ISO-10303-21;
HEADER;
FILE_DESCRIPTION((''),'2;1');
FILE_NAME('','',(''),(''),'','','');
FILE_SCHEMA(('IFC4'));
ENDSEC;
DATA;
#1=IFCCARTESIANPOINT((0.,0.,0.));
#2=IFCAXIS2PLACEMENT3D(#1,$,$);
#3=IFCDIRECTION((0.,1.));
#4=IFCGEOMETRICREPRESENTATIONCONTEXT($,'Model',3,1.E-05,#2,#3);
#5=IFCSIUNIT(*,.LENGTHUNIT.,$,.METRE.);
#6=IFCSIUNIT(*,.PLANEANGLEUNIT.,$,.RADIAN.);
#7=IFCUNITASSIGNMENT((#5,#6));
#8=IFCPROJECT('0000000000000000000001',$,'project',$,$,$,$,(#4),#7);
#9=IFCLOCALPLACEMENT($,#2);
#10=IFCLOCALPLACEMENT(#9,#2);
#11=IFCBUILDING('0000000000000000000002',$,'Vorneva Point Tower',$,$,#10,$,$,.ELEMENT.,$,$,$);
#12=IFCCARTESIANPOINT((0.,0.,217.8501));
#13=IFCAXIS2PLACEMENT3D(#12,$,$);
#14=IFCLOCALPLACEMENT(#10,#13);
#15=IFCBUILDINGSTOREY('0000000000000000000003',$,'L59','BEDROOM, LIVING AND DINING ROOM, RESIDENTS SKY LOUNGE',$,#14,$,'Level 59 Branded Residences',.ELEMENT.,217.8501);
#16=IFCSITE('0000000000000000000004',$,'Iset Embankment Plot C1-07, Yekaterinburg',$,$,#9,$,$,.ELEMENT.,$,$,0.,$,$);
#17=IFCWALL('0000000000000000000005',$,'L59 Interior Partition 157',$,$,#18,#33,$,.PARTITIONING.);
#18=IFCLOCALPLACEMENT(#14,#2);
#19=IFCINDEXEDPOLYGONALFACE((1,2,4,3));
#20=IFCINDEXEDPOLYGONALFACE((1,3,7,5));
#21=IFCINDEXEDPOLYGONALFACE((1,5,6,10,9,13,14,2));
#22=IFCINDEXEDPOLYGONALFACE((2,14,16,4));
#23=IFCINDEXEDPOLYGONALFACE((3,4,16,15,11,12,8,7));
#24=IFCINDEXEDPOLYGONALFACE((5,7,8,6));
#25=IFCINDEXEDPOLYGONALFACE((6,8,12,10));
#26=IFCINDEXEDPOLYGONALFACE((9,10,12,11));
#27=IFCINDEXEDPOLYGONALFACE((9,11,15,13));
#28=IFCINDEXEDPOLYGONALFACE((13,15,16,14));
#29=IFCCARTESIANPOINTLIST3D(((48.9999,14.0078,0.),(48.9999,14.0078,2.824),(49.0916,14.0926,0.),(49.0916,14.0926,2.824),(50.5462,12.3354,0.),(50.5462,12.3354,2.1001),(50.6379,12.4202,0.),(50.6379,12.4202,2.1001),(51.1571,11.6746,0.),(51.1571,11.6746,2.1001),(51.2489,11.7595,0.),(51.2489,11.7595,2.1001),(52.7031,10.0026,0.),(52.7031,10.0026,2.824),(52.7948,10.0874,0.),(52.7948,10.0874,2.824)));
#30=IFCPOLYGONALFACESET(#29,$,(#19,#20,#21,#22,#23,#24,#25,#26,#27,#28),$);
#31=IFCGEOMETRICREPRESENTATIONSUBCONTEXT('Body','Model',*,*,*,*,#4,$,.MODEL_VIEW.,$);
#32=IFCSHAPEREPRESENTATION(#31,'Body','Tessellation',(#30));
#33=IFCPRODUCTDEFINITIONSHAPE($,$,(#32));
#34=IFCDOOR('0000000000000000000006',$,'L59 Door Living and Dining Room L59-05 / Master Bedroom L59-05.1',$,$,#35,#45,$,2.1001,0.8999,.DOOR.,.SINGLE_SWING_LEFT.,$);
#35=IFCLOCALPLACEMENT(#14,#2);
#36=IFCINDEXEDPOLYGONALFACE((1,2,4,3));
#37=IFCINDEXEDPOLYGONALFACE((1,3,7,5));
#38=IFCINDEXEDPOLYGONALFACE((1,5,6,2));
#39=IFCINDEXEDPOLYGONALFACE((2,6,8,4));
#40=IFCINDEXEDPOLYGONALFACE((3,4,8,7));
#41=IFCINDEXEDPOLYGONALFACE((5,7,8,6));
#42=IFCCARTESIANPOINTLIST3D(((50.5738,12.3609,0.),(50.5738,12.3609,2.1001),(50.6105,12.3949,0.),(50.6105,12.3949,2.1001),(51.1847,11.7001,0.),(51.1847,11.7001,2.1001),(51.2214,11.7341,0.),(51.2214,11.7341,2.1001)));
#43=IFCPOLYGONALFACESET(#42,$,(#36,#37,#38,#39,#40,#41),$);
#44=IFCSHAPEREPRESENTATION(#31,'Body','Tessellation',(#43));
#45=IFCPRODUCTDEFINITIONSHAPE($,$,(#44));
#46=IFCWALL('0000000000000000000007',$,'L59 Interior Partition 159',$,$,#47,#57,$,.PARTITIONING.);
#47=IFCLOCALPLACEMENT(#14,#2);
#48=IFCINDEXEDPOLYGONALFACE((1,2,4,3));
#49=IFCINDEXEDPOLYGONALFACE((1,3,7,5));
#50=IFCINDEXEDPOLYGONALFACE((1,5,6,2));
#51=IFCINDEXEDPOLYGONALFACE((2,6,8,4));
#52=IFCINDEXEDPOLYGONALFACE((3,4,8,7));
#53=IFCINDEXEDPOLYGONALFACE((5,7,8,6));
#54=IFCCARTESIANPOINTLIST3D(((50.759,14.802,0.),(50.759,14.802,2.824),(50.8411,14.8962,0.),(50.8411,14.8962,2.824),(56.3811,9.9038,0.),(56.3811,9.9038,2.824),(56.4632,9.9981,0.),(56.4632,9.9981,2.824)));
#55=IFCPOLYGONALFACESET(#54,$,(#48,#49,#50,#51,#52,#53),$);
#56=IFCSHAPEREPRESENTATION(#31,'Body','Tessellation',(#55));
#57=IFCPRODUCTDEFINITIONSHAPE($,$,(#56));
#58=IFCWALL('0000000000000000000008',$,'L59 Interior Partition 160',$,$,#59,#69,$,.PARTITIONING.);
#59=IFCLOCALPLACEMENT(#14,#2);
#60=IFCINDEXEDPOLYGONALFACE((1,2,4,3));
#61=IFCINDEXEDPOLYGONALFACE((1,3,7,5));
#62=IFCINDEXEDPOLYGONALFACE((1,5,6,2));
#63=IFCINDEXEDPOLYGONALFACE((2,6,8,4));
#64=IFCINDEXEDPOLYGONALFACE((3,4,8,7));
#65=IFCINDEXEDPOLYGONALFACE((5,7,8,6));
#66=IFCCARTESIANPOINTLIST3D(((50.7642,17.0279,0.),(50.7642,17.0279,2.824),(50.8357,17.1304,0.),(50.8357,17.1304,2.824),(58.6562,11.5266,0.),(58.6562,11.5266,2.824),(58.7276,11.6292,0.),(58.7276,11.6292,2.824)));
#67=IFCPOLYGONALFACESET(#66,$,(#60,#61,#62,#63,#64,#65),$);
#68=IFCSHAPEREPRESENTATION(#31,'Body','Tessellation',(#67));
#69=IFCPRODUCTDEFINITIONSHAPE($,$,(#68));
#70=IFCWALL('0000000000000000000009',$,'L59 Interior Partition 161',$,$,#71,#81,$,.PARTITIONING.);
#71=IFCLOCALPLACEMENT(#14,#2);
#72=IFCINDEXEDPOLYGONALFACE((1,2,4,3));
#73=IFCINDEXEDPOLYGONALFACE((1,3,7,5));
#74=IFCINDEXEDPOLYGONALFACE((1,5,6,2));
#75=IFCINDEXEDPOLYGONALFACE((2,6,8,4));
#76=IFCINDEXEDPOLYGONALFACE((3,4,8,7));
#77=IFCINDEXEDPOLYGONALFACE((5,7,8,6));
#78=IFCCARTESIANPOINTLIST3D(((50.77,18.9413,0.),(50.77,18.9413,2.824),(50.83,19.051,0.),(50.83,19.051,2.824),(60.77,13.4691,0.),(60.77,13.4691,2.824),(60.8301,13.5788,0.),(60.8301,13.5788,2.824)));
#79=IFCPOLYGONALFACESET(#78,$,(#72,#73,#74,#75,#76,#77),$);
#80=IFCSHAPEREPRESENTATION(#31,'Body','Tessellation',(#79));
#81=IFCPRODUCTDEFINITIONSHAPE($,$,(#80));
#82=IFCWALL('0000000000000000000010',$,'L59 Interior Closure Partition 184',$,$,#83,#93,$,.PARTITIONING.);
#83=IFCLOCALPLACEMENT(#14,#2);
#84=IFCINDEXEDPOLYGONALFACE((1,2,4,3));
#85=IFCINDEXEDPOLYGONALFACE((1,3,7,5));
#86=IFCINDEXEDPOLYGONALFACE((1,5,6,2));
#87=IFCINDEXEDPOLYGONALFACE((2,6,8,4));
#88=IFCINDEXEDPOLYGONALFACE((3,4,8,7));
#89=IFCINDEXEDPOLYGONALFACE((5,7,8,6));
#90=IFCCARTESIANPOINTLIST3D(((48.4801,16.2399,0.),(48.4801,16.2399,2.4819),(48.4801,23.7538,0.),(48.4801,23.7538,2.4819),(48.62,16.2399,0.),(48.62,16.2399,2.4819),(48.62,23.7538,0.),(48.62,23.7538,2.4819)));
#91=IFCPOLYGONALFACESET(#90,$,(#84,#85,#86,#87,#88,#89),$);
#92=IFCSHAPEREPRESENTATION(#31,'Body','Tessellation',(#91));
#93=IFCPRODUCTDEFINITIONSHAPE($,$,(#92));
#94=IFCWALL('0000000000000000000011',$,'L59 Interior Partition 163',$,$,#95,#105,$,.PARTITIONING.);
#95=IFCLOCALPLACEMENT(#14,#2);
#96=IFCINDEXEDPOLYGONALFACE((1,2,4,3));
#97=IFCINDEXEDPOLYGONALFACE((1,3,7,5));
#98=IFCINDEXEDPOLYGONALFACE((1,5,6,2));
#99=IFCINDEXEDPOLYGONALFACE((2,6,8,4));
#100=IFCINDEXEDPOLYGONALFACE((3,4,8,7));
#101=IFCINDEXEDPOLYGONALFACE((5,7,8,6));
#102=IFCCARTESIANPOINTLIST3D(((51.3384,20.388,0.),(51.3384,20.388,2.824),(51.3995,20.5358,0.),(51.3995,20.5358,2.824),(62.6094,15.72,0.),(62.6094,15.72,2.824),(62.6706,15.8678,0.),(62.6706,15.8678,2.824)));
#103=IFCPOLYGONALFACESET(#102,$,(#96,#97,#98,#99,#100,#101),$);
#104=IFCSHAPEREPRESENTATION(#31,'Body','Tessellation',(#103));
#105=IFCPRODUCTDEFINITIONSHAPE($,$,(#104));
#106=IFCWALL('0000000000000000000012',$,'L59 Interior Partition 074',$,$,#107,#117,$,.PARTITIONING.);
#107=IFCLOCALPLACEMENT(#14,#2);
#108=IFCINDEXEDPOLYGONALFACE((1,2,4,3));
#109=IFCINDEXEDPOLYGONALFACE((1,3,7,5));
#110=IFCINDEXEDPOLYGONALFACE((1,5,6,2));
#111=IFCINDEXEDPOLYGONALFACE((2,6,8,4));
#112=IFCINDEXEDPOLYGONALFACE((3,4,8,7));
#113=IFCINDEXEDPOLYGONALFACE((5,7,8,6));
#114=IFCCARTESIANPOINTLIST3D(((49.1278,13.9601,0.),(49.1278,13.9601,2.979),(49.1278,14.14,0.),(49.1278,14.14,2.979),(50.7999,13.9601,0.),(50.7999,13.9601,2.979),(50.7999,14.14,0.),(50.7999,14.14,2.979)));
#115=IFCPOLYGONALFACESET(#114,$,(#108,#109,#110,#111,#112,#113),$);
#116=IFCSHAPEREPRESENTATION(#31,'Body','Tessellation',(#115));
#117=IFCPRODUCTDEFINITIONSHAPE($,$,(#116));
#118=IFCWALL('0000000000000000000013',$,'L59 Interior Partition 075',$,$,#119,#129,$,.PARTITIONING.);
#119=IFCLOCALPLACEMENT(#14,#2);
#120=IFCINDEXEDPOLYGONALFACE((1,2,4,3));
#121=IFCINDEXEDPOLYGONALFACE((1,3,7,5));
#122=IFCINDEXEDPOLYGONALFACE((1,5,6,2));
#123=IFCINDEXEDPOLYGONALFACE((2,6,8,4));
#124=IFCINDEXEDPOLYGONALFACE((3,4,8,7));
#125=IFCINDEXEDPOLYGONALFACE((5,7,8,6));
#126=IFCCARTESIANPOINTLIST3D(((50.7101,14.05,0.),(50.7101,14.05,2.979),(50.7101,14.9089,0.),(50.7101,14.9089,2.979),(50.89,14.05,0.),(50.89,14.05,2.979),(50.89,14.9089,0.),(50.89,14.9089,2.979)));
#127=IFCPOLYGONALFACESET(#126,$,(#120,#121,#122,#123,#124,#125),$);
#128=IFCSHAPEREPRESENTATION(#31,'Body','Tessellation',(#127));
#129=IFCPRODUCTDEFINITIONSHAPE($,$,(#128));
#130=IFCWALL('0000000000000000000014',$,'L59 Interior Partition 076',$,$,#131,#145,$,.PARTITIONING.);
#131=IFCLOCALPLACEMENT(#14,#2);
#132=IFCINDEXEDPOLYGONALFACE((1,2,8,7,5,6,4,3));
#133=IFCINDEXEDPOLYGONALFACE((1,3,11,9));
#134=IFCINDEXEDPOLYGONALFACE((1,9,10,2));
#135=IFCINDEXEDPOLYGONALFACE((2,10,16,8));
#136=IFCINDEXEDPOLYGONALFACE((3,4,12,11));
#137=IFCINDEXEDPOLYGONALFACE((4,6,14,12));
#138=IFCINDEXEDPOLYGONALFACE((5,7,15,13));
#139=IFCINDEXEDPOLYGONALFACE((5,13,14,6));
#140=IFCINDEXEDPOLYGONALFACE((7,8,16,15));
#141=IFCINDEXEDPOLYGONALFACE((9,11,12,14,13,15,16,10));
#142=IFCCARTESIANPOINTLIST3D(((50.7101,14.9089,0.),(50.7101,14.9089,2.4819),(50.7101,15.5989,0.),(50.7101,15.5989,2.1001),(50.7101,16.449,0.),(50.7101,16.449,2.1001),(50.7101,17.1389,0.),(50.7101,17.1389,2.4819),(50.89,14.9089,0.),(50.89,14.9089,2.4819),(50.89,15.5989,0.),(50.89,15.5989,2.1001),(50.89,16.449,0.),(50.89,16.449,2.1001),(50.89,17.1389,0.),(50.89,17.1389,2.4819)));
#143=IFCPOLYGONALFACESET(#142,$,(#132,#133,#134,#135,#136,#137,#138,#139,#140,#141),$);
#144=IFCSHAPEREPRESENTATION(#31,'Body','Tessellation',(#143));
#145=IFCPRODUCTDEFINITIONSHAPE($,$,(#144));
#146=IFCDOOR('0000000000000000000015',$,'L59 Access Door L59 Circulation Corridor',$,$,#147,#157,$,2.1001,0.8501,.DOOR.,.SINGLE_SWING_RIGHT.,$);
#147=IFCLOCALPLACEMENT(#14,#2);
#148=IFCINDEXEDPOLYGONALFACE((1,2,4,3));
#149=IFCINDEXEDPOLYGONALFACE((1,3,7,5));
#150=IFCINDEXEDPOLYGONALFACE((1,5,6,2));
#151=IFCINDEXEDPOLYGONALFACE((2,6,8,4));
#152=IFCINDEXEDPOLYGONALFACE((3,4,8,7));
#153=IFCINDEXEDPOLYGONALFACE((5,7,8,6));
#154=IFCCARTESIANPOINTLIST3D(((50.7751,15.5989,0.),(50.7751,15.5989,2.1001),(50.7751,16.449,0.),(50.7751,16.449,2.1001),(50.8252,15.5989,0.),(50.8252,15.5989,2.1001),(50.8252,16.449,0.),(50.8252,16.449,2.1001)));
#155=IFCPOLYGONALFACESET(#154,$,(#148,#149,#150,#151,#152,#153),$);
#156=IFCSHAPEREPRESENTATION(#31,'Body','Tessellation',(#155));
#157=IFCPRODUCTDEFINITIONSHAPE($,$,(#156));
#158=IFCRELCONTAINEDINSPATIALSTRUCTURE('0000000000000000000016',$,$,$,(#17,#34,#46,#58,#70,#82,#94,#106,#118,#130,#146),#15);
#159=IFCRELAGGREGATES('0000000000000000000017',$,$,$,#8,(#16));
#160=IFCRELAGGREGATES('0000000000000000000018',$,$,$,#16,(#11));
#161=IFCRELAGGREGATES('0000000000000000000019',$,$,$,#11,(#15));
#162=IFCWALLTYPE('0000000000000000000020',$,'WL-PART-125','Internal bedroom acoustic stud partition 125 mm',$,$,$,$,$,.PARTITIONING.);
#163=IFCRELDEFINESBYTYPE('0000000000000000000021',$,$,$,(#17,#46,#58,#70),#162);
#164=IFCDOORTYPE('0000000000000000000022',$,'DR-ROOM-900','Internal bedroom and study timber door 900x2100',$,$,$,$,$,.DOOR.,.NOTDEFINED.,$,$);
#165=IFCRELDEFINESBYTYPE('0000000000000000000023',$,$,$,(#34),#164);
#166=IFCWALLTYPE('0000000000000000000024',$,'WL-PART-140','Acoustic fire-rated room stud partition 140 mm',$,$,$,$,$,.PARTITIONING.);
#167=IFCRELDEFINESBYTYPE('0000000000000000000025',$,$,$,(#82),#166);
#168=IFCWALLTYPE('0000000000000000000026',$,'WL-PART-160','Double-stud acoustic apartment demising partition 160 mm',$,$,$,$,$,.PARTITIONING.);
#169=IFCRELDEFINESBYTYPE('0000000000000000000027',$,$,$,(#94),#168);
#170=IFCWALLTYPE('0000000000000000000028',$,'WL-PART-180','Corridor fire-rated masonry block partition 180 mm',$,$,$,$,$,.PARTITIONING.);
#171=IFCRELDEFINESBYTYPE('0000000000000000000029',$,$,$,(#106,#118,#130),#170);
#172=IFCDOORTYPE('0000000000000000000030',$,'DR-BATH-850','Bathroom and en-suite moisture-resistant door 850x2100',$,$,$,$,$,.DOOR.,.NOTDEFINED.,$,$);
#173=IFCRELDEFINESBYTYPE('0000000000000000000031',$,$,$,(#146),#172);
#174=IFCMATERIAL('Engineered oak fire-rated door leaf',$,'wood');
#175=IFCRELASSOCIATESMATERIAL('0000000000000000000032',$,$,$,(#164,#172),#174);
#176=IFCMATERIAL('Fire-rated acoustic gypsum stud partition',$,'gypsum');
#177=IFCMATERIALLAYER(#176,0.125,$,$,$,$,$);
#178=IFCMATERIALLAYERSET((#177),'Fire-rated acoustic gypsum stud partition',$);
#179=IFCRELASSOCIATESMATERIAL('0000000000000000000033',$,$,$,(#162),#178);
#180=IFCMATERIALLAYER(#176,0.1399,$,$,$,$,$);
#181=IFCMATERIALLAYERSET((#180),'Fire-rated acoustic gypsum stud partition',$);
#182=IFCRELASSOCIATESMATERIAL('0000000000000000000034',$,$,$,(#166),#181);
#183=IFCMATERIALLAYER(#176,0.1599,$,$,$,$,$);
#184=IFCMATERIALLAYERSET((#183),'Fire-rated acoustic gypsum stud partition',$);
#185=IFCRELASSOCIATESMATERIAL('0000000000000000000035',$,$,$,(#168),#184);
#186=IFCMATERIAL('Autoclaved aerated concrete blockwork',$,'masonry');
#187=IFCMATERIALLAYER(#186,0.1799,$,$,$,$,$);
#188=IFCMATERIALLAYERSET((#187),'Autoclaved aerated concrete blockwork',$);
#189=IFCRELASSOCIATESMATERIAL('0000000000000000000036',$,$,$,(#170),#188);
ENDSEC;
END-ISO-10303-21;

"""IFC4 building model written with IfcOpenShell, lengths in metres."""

from ifc_helpers import new_model, si_unit, direction, frame, frame_2d, origin, place, context, subcontext, project, spatial, rectangle, extrude, material, layer, layer_set, type_object, element, fill, save


model = new_model("IFC4")

# Units and contexts
model_context = context("Model", 3, precision=1e-05, world=origin(), true_north=direction((0.0, 1.0)))
body_context = subcontext(model_context, "Body", "Model", "MODEL_VIEW")
ifc_project = project(units=[si_unit("LENGTHUNIT", "METRE"), si_unit("PLANEANGLEUNIT", "RADIAN")], contexts=[model_context])

# Site, building, storey
site_placement = place(None, origin())
site = spatial("IfcSite", under=ifc_project, at=site_placement, Name="Iset Embankment Plot C1-07, Yekaterinburg", CompositionType="ELEMENT", RefElevation=0.0)
building_placement = place(site_placement, origin())
building = spatial("IfcBuilding", under=site, at=building_placement, Name="Vorneva Point Tower", CompositionType="ELEMENT")
storey_placement = place(building_placement, frame((0.0, 0.0, 217.8501)))
storey = spatial("IfcBuildingStorey", under=building, at=storey_placement, Name="L59", Description="BEDROOM, LIVING AND DINING ROOM, RESIDENTS SKY LOUNGE", LongName="Level 59 Branded Residences", CompositionType="ELEMENT", Elevation=217.8501)

# Shared definitions
ifc_material_1 = material(Name="Fire-rated acoustic gypsum stud partition", Category="gypsum")
ifc_material_2 = material(Name="Engineered oak fire-rated door leaf", Category="wood")
door_type_1 = type_object("IfcDoorType", Name="DR-ROOM-900", Description="Internal bedroom and study timber door 900x2100", OperationType="NOTDEFINED", PredefinedType="DOOR", material=ifc_material_2)

# Wall, opening, door
ifc_layer_1 = layer(ifc_material_1, 0.125)
ifc_layer_set_1 = layer_set([ifc_layer_1], Name="Fire-rated acoustic gypsum stud partition")
wall_type_1 = type_object("IfcWallType", Name="WL-PART-125", Description="Internal bedroom acoustic stud partition 125 mm", PredefinedType="PARTITIONING", material=ifc_layer_set_1)
wall_1_placement = place(storey_placement, frame((52.749, 10.0449, 0.0), z_axis=(0.0, 0.0, 1.0), x_axis=(-0.678882, 0.734247, 0.0)))
wall_1 = element("IfcWall", 1, at=wall_1_placement, inside=storey, type_object=wall_type_1, Name="L59 Interior Partition 157", PredefinedType="PARTITIONING", context=body_context, shape_type="SweptSolid", body=[
    extrude(rectangle(XDim=5.4548, YDim=0.125, at=frame_2d((2.7275, 0.0))), origin(), (0.0, 0.0, 1.0), 2.824),
])
opening_1_placement = place(wall_1_placement, frame((2.2773, 0.0, 0.0)))
opening_1 = element("IfcOpeningElement", 2, at=opening_1_placement, cuts=wall_1, PredefinedType="OPENING", context=body_context, shape_type="SweptSolid", body=[
    extrude(rectangle(XDim=0.8999, YDim=2.1001, at=frame_2d((0.45, 1.05))), frame((0.0, 0.0774, 0.0), z_axis=(0.0, -1.0, 0.0), x_axis=(1.0, 0.0, 0.0)), (0.0, 0.0, 1.0), 0.1548),
])
door_1_placement = place(opening_1_placement, origin())
door_1 = element("IfcDoor", 3, at=door_1_placement, inside=storey, type_object=door_type_1, Name="L59 Door Living and Dining Room L59-05 / Master Bedroom L59-05.1", OperationType="SINGLE_SWING_LEFT", OverallHeight=2.1001, OverallWidth=0.8999, PredefinedType="DOOR", context=body_context, shape_type="SweptSolid", body=[
    extrude(rectangle(XDim=0.8999, YDim=2.1001, at=frame_2d((0.45, 1.05))), frame((0.0, 0.0249, 0.0), z_axis=(0.0, -1.0, 0.0), x_axis=(1.0, 0.0, 0.0)), (0.0, 0.0, 1.0), 0.05),
])
fill(opening_1, door_1)

# Walls
wall_2_placement = place(storey_placement, frame((56.4221, 9.9509, 0.0), z_axis=(0.0, 0.0, 1.0), x_axis=(-0.753979, 0.656899, 0.0)))
element("IfcWall", 4, at=wall_2_placement, inside=storey, type_object=wall_type_1, Name="L59 Interior Partition 159", PredefinedType="PARTITIONING", context=body_context, shape_type="SweptSolid", body=[
    extrude(rectangle(XDim=7.4565, YDim=0.125, at=frame_2d((3.7283, 0.0))), origin(), (0.0, 0.0, 1.0), 2.824),
])
wall_3_placement = place(storey_placement, frame((58.6919, 11.5779, 0.0), z_axis=(0.0, 0.0, 1.0), x_axis=(-0.820357, 0.571852, 0.0)))
element("IfcWall", 5, at=wall_3_placement, inside=storey, type_object=wall_type_1, Name="L59 Interior Partition 160", PredefinedType="PARTITIONING", context=body_context, shape_type="SweptSolid", body=[
    extrude(rectangle(XDim=9.6201, YDim=0.125, at=frame_2d((4.8101, 0.0))), origin(), (0.0, 0.0, 1.0), 2.824),
])
wall_4_placement = place(storey_placement, frame((60.8, 13.5239, 0.0), z_axis=(0.0, 0.0, 1.0), x_axis=(-0.877245, 0.480043, 0.0)))
element("IfcWall", 6, at=wall_4_placement, inside=storey, type_object=wall_type_1, Name="L59 Interior Partition 161", PredefinedType="PARTITIONING", context=body_context, shape_type="SweptSolid", body=[
    extrude(rectangle(XDim=11.3994, YDim=0.125, at=frame_2d((5.6997, 0.0))), origin(), (0.0, 0.0, 1.0), 2.824),
])
ifc_layer_2 = layer(ifc_material_1, 0.1399)
ifc_layer_set_2 = layer_set([ifc_layer_2], Name="Fire-rated acoustic gypsum stud partition")
wall_type_2 = type_object("IfcWallType", Name="WL-PART-140", Description="Acoustic fire-rated room stud partition 140 mm", PredefinedType="PARTITIONING", material=ifc_layer_set_2)
wall_5_placement = place(storey_placement, frame((48.55, 16.24, 0.0), z_axis=(0.0, 0.0, 1.0), x_axis=(0.0, 1.0, 0.0)))
element("IfcWall", 7, at=wall_5_placement, inside=storey, type_object=wall_type_2, Name="L59 Interior Closure Partition 184", PredefinedType="PARTITIONING", context=body_context, shape_type="SweptSolid", body=[
    extrude(rectangle(XDim=7.5139, YDim=0.1399, at=frame_2d((3.7568, 0.0))), origin(), (0.0, 0.0, 1.0), 2.4819),
])
ifc_layer_3 = layer(ifc_material_1, 0.1599)
ifc_layer_set_3 = layer_set([ifc_layer_3], Name="Fire-rated acoustic gypsum stud partition")
wall_type_3 = type_object("IfcWallType", Name="WL-PART-160", Description="Double-stud acoustic apartment demising partition 160 mm", PredefinedType="PARTITIONING", material=ifc_layer_set_3)
wall_6_placement = place(storey_placement, frame((62.6399, 15.7939, 0.0), z_axis=(0.0, 0.0, 1.0), x_axis=(-0.923898, 0.382639, 0.0)))
element("IfcWall", 8, at=wall_6_placement, inside=storey, type_object=wall_type_3, Name="L59 Interior Partition 163", PredefinedType="PARTITIONING", context=body_context, shape_type="SweptSolid", body=[
    extrude(rectangle(XDim=12.1995, YDim=0.1599, at=frame_2d((6.0996, 0.0))), origin(), (0.0, 0.0, 1.0), 2.824),
])
ifc_material_3 = material(Name="Autoclaved aerated concrete blockwork", Category="masonry")
ifc_layer_4 = layer(ifc_material_3, 0.1799)
ifc_layer_set_4 = layer_set([ifc_layer_4], Name="Autoclaved aerated concrete blockwork")
wall_type_4 = type_object("IfcWallType", Name="WL-PART-180", Description="Corridor fire-rated masonry block partition 180 mm", PredefinedType="PARTITIONING", material=ifc_layer_set_4)
wall_7_placement = place(storey_placement, frame((49.1279, 14.05, 0.0), z_axis=(0.0, 0.0, 1.0), x_axis=(1.0, 0.0, 0.0)))
element("IfcWall", 9, at=wall_7_placement, inside=storey, type_object=wall_type_4, Name="L59 Interior Partition 074", PredefinedType="PARTITIONING", context=body_context, shape_type="SweptSolid", body=[
    extrude(rectangle(XDim=1.6721, YDim=0.1799, at=frame_2d((0.8359, 0.0))), origin(), (0.0, 0.0, 1.0), 2.979),
])
wall_8_placement = place(storey_placement, frame((50.8, 14.05, 0.0), z_axis=(0.0, 0.0, 1.0), x_axis=(0.0, 1.0, 0.0)))
element("IfcWall", 10, at=wall_8_placement, inside=storey, type_object=wall_type_4, Name="L59 Interior Partition 075", PredefinedType="PARTITIONING", context=body_context, shape_type="SweptSolid", body=[
    extrude(rectangle(XDim=0.8589, YDim=0.1799, at=frame_2d((0.4294, 0.0))), origin(), (0.0, 0.0, 1.0), 2.979),
])

# Wall, opening, door
wall_9_placement = place(storey_placement, frame((50.8, 14.9089, 0.0), z_axis=(0.0, 0.0, 1.0), x_axis=(0.0, 1.0, 0.0)))
wall_9 = element("IfcWall", 11, at=wall_9_placement, inside=storey, type_object=wall_type_4, Name="L59 Interior Partition 076", PredefinedType="PARTITIONING", context=body_context, shape_type="SweptSolid", body=[
    extrude(rectangle(XDim=2.23, YDim=0.1799, at=frame_2d((1.115, 0.0))), origin(), (0.0, 0.0, 1.0), 2.4819),
])
opening_2_placement = place(wall_9_placement, frame((0.6899, 0.0, 0.0)))
opening_2 = element("IfcOpeningElement", 12, at=opening_2_placement, cuts=wall_9, PredefinedType="OPENING", context=body_context, shape_type="SweptSolid", body=[
    extrude(rectangle(XDim=0.8501, YDim=2.1001, at=frame_2d((0.425, 1.05))), frame((0.0, 0.105, 0.0), z_axis=(0.0, -1.0, 0.0), x_axis=(1.0, 0.0, 0.0)), (0.0, 0.0, 1.0), 0.2097),
])
door_type_2 = type_object("IfcDoorType", Name="DR-BATH-850", Description="Bathroom and en-suite moisture-resistant door 850x2100", OperationType="NOTDEFINED", PredefinedType="DOOR", material=ifc_material_2)
door_2_placement = place(opening_2_placement, origin())
door_2 = element("IfcDoor", 13, at=door_2_placement, inside=storey, type_object=door_type_2, Name="L59 Access Door L59 Circulation Corridor", OperationType="SINGLE_SWING_RIGHT", OverallHeight=2.1001, OverallWidth=0.8501, PredefinedType="DOOR", context=body_context, shape_type="SweptSolid", body=[
    extrude(rectangle(XDim=0.8501, YDim=2.1001, at=frame_2d((0.425, 1.05))), frame((0.0, 0.0249, 0.0), z_axis=(0.0, -1.0, 0.0), x_axis=(1.0, 0.0, 0.0)), (0.0, 0.0, 1.0), 0.05),
])
fill(opening_2, door_2)

save(model, "model.ifc")
